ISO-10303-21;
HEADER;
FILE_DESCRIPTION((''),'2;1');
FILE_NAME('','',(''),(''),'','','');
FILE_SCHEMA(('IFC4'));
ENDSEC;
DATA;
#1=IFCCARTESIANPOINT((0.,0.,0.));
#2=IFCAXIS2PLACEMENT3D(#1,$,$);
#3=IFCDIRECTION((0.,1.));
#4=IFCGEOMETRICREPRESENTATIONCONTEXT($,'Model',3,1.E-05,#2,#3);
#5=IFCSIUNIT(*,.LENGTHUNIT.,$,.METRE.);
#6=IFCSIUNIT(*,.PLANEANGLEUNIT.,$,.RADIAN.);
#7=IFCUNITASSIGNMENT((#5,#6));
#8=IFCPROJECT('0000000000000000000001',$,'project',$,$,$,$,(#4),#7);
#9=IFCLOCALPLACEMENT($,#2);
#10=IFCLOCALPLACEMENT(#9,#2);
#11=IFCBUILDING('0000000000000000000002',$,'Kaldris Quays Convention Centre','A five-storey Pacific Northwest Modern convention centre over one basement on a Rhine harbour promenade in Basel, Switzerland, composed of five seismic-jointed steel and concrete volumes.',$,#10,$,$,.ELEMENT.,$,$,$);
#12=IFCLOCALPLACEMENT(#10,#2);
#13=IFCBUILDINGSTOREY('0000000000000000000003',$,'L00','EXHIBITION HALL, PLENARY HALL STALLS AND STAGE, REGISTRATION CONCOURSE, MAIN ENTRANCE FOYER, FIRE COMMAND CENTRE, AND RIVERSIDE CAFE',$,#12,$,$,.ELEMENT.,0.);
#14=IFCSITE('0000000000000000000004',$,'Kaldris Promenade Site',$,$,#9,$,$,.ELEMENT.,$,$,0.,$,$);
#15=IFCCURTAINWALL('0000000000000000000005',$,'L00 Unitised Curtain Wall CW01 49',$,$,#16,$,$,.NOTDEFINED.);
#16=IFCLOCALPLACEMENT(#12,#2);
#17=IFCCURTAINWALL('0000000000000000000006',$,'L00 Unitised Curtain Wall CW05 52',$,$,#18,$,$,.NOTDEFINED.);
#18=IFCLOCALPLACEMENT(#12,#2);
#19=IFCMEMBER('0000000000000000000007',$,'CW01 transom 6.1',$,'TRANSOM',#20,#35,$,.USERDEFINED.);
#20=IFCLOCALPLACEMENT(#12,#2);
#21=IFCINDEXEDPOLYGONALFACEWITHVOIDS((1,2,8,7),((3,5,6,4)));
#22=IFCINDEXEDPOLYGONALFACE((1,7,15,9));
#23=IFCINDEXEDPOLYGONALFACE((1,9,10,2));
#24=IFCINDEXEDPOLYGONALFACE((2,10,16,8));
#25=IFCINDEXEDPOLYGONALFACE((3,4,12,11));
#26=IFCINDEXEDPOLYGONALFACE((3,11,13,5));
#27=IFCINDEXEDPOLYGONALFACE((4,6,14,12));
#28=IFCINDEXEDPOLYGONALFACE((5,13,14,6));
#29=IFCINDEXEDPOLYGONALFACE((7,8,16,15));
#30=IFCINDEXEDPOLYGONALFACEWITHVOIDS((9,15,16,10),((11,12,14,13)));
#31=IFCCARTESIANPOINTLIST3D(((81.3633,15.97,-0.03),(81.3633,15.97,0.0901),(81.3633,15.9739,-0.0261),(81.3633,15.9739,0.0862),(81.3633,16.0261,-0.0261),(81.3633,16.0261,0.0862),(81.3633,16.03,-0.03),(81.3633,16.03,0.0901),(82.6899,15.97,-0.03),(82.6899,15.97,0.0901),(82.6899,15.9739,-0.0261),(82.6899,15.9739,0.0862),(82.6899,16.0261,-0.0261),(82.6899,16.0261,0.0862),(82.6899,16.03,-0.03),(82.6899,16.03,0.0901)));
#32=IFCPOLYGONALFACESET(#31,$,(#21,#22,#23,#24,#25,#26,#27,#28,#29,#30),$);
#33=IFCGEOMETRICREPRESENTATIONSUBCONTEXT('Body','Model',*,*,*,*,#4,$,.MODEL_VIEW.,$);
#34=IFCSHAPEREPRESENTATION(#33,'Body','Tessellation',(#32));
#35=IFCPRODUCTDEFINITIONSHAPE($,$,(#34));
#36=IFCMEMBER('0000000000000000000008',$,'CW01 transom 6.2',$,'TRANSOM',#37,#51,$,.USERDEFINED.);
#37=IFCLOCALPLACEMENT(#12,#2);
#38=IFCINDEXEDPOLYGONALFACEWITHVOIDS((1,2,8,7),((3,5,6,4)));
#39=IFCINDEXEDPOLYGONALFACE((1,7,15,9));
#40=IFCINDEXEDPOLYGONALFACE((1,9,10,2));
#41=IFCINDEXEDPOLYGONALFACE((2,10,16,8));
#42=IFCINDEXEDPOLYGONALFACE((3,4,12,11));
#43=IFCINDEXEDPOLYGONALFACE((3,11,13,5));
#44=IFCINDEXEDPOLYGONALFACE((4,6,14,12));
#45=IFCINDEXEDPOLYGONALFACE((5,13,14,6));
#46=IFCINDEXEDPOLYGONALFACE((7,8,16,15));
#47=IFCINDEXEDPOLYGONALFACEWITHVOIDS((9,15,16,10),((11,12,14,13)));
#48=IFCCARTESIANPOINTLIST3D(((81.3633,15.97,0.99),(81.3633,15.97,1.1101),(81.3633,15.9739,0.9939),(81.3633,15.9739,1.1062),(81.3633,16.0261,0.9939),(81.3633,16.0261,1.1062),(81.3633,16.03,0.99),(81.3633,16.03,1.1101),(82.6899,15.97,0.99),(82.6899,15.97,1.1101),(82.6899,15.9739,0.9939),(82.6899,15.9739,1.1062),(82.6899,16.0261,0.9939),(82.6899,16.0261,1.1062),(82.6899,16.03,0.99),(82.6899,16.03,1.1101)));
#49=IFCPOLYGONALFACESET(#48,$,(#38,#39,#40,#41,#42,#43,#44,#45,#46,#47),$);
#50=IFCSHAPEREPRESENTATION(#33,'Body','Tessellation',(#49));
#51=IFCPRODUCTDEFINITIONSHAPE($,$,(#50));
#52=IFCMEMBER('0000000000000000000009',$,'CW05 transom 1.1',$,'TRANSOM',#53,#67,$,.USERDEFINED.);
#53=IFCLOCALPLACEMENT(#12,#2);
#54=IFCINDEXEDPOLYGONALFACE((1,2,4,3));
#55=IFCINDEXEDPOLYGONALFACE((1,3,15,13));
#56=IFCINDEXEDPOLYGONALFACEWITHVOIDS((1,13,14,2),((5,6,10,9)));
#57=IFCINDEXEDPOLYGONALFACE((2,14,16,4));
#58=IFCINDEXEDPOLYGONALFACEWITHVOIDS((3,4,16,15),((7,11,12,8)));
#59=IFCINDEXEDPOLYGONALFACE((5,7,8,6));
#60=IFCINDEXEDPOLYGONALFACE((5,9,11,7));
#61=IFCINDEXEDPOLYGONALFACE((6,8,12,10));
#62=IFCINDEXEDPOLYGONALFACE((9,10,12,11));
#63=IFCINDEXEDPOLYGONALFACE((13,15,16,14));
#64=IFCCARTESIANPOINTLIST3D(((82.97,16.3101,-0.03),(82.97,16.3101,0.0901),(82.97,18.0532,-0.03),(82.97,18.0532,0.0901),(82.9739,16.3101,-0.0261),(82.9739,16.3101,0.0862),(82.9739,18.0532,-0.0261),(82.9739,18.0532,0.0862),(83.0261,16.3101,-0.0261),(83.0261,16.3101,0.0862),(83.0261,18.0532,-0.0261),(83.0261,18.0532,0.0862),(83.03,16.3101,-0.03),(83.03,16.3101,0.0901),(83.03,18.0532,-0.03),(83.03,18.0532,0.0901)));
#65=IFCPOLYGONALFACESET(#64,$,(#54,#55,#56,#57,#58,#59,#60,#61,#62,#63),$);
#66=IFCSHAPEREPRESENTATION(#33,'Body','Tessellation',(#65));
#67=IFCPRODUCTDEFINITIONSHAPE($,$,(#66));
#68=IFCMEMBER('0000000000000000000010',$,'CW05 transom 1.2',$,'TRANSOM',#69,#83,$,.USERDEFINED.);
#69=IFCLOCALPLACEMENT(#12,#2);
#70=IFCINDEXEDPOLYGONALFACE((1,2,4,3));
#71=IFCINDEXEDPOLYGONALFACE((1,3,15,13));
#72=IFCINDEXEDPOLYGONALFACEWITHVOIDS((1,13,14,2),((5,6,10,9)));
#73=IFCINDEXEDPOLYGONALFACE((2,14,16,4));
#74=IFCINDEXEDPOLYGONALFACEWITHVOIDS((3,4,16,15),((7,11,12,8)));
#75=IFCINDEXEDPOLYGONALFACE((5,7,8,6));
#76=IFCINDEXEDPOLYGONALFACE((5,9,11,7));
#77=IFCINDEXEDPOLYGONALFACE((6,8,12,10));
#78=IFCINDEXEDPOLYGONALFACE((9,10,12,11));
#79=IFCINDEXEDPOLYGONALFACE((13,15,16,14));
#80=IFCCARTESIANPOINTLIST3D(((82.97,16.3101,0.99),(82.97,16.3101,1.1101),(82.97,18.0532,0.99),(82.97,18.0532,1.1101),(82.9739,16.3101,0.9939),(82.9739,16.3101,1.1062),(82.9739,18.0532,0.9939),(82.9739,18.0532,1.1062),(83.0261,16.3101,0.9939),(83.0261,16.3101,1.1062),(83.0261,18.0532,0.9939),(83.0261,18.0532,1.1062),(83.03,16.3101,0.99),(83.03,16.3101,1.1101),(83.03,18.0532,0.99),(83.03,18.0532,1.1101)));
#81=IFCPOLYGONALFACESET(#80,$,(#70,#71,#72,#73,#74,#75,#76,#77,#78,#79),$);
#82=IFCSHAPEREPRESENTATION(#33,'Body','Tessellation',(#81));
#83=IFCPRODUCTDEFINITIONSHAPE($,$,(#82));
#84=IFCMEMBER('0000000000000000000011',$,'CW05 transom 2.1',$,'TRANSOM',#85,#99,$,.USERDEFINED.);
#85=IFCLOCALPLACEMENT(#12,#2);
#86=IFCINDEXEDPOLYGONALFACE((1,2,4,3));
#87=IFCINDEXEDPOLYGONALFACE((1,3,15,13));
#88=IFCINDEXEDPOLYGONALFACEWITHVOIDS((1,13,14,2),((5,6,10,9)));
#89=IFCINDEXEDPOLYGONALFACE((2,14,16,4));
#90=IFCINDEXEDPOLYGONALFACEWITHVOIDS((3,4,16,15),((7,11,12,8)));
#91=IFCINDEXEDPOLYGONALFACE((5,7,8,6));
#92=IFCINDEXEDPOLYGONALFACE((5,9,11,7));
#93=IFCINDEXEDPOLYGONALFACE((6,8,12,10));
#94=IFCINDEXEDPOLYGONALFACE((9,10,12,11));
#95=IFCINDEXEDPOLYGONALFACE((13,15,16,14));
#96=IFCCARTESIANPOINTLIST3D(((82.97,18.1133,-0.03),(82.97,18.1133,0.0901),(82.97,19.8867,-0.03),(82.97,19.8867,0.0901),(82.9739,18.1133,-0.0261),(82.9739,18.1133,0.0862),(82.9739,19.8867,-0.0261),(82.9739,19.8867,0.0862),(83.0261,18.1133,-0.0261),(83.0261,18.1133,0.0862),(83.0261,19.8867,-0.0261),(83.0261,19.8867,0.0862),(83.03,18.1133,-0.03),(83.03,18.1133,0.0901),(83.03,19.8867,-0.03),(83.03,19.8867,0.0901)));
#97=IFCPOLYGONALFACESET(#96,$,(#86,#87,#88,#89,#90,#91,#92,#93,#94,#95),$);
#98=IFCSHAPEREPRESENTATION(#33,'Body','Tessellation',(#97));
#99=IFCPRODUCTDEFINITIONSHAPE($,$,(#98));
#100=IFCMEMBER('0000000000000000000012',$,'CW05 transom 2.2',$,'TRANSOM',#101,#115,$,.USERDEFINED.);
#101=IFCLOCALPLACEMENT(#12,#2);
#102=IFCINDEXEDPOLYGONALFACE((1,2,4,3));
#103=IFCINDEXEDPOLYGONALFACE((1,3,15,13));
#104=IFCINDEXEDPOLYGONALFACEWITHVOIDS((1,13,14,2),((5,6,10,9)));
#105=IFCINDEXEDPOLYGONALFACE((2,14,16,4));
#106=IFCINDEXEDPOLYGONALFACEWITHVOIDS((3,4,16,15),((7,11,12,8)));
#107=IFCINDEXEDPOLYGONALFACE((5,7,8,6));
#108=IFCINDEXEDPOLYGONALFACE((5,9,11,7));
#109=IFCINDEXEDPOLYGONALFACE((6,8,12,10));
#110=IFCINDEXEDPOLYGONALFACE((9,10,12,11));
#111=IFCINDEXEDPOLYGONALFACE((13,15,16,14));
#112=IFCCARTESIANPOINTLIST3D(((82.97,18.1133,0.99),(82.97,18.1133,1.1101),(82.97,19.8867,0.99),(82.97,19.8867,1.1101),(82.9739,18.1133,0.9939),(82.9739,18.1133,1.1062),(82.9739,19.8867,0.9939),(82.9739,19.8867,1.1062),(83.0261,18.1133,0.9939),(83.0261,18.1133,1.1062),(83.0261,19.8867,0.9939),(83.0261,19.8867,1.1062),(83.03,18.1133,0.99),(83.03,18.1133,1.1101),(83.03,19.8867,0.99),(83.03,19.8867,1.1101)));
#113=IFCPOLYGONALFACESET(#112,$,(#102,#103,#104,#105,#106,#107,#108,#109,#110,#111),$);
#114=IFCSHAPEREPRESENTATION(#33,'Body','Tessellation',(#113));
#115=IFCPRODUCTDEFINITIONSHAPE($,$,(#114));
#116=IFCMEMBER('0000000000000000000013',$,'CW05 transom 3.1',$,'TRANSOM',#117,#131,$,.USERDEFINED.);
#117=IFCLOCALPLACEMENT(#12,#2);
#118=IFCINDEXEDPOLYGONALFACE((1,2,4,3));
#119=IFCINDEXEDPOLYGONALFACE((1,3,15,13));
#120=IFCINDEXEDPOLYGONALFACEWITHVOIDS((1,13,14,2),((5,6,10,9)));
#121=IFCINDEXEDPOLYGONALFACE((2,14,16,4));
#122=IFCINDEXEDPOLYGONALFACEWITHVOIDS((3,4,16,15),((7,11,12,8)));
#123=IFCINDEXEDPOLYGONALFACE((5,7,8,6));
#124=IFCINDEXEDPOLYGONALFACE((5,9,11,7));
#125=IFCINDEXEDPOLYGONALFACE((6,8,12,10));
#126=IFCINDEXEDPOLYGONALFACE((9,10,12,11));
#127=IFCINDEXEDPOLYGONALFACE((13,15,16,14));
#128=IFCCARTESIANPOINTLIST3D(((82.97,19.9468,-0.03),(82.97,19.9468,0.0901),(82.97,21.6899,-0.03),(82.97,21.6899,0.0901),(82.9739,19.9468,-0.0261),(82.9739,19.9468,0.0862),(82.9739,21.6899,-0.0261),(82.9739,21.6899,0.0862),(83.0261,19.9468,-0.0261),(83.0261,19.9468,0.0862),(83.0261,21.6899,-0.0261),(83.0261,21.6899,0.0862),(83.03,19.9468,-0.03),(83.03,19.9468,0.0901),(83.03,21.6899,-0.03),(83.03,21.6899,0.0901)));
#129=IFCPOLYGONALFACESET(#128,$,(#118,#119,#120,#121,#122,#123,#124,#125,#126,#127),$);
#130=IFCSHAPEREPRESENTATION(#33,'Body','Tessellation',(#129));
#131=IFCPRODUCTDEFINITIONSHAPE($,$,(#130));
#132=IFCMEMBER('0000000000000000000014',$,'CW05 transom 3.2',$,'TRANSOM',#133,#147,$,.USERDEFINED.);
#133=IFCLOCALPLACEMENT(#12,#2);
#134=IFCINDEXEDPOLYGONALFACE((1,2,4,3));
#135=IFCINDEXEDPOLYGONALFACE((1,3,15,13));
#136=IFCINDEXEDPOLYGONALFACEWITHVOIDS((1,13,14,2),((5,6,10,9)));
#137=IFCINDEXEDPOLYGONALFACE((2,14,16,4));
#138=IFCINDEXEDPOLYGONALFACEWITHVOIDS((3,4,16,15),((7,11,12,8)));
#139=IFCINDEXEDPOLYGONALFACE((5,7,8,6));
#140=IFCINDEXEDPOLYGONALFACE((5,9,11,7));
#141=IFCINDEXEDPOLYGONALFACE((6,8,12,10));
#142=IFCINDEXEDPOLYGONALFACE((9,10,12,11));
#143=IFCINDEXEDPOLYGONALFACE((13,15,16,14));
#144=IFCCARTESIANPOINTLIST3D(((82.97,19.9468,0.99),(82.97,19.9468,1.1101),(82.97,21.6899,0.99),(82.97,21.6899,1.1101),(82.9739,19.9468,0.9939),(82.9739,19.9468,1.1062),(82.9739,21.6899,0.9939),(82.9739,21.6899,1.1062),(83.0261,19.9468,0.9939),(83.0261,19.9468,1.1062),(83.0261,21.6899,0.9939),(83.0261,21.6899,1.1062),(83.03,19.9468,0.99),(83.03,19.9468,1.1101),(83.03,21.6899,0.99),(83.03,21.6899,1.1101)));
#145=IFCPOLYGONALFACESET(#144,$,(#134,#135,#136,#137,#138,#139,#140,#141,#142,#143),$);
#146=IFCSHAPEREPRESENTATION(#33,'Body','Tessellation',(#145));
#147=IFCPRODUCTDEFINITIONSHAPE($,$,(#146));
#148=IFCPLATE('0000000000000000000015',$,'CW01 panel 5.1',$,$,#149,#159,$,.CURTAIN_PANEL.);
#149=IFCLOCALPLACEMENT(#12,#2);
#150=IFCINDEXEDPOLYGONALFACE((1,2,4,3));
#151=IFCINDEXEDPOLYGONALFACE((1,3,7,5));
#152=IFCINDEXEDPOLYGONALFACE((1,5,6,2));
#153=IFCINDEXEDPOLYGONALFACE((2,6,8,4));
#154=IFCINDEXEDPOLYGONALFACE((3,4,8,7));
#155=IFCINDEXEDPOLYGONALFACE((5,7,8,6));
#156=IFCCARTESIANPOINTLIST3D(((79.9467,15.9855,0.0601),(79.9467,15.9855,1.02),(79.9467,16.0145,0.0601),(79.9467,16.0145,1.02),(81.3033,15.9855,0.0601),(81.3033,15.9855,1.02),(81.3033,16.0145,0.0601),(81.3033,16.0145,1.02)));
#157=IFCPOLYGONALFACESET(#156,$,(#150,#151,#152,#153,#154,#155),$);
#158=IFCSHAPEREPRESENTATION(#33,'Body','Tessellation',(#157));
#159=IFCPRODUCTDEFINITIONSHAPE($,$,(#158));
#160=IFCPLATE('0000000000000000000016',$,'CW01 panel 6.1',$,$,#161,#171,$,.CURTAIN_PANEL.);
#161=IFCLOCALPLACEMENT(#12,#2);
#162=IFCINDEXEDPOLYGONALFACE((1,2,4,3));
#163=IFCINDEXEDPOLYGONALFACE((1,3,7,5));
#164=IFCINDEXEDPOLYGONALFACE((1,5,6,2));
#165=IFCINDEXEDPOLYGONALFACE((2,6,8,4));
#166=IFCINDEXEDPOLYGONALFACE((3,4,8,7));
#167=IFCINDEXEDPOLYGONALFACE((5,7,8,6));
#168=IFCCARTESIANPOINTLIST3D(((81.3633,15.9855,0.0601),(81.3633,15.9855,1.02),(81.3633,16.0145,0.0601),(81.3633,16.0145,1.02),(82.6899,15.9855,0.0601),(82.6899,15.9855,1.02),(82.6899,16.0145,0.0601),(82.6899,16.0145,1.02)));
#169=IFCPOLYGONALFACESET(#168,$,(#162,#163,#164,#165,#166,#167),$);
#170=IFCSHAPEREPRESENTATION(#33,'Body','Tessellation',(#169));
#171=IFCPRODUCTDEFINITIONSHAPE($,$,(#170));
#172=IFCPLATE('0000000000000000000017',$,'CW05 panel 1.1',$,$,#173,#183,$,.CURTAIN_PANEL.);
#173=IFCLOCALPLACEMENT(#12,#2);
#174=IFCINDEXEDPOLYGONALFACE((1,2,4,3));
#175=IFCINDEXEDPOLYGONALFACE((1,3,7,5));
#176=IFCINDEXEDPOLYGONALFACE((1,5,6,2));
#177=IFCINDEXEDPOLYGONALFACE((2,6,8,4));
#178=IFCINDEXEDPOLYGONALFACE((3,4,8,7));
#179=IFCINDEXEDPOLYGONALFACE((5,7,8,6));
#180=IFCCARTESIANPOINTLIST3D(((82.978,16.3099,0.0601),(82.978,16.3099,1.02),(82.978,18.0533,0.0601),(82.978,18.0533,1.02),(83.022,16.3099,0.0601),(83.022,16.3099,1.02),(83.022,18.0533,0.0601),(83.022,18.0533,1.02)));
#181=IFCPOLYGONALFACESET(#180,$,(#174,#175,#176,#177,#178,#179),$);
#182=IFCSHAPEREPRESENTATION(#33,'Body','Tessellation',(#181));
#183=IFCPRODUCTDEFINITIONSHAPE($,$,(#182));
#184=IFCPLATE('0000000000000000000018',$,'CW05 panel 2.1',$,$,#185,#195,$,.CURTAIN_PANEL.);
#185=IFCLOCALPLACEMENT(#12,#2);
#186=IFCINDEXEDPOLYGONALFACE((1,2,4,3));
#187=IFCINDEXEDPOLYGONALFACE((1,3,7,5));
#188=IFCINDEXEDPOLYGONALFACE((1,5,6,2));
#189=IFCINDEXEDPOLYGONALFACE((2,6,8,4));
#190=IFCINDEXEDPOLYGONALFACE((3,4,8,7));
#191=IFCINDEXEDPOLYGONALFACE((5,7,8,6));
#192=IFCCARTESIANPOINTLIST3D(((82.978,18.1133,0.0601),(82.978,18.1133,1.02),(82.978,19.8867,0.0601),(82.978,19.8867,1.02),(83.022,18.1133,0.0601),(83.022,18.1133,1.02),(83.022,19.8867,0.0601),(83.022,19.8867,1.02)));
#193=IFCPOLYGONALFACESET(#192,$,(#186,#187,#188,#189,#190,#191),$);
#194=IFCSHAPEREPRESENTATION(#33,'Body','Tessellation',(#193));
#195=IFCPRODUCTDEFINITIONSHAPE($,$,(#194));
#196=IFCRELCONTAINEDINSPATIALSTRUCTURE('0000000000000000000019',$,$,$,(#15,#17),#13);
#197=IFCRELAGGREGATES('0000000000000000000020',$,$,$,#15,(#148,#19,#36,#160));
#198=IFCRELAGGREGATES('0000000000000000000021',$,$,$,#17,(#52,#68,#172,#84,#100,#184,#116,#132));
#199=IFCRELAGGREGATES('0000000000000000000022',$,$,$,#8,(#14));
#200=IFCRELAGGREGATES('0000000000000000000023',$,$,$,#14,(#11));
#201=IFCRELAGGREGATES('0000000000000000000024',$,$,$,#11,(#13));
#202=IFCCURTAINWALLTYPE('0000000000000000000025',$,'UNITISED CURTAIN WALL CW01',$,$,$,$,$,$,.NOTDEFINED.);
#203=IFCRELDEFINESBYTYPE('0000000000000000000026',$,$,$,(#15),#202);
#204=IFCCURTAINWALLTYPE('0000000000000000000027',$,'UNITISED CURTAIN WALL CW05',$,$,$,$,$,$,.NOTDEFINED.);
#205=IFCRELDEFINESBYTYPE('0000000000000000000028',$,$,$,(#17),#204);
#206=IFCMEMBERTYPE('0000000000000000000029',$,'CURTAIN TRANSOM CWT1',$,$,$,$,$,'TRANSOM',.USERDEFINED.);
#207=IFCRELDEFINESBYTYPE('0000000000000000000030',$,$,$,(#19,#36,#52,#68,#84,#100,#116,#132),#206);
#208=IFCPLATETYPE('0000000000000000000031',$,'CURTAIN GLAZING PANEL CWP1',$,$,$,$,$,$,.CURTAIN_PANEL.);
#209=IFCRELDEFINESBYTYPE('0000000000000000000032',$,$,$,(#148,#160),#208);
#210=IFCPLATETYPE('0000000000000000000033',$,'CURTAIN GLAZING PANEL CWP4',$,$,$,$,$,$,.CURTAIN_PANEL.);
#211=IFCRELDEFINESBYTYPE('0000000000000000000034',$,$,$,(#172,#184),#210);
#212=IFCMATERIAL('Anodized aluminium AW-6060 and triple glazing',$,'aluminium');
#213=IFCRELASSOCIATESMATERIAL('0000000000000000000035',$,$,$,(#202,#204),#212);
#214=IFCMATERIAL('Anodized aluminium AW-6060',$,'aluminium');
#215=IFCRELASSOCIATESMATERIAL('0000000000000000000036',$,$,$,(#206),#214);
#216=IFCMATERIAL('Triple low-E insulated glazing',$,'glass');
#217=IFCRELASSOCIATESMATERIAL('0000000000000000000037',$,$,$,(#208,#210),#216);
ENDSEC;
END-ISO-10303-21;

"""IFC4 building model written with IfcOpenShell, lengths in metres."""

from ifc_helpers import new_model, si_unit, direction, frame, origin, origin_2d, place, context, subcontext, project, spatial, rectangle, hollow_rectangle, extrude, material, material_profile, profile_set, type_object, element, aggregate, save


model = new_model("IFC4")

# Units and contexts
model_context = context("Model", 3, precision=1e-05, world=origin(), true_north=direction((0.0, 1.0)))
body_context = subcontext(model_context, "Body", "Model", "MODEL_VIEW")
ifc_project = project(units=[si_unit("LENGTHUNIT", "METRE"), si_unit("PLANEANGLEUNIT", "RADIAN")], contexts=[model_context])

# Site, building, storey
site_placement = place(None, origin())
site = spatial("IfcSite", under=ifc_project, at=site_placement, Name="Kaldris Promenade Site", CompositionType="ELEMENT", RefElevation=0.0)
building_placement = place(site_placement, origin())
building = spatial("IfcBuilding", under=site, at=building_placement, Name="Kaldris Quays Convention Centre", Description="A five-storey Pacific Northwest Modern convention centre over one basement on a Rhine harbour promenade in Basel, Switzerland, composed of five seismic-jointed steel and concrete volumes.", CompositionType="ELEMENT")
storey_placement = place(building_placement, origin())
storey = spatial("IfcBuildingStorey", under=building, at=storey_placement, Name="L00", Description="EXHIBITION HALL, PLENARY HALL STALLS AND STAGE, REGISTRATION CONCOURSE, MAIN ENTRANCE FOYER, FIRE COMMAND CENTRE, AND RIVERSIDE CAFE", CompositionType="ELEMENT", Elevation=0.0)

# Curtain walls
ifc_material_1 = material(Name="Anodized aluminium AW-6060 and triple glazing", Category="aluminium")
curtain_wall_type_1 = type_object("IfcCurtainWallType", Name="UNITISED CURTAIN WALL CW01", PredefinedType="NOTDEFINED", material=ifc_material_1)
curtain_wall_1_placement = place(storey_placement, origin())
curtain_wall_1 = element("IfcCurtainWall", 1, at=curtain_wall_1_placement, inside=storey, type_object=curtain_wall_type_1, Name="L00 Unitised Curtain Wall CW01 49", PredefinedType="NOTDEFINED")
ifc_material_2 = material(Name="Anodized aluminium AW-6060", Category="aluminium")
curtain_wall_type_2 = type_object("IfcCurtainWallType", Name="UNITISED CURTAIN WALL CW05", PredefinedType="NOTDEFINED", material=ifc_material_1)
curtain_wall_2_placement = place(storey_placement, origin())
curtain_wall_2 = element("IfcCurtainWall", 2, at=curtain_wall_2_placement, inside=storey, type_object=curtain_wall_type_2, Name="L00 Unitised Curtain Wall CW05 52", PredefinedType="NOTDEFINED")

# Members
ifc_material_profile_1 = material_profile(ifc_material_2, hollow_rectangle(XDim=0.0601, YDim=0.1201, WallThickness=0.0039, at=origin_2d()), Name="RHS 120x60x4")
ifc_profile_set_1 = profile_set([ifc_material_profile_1], Name="Anodized aluminium AW-6060")
member_type_1 = type_object("IfcMemberType", Name="CURTAIN TRANSOM CWT1", ElementType="TRANSOM", PredefinedType="USERDEFINED", material=ifc_profile_set_1)
member_1_placement = place(storey_placement, frame((81.3633, 16.0, 0.03), z_axis=(1.0, 0.0, 0.0), x_axis=(0.0, 1.0, 0.0)))
member_1 = element("IfcMember", 3, at=member_1_placement, type_object=member_type_1, Name="CW01 transom 6.1", ObjectType="TRANSOM", PredefinedType="USERDEFINED", context=body_context, shape_type="SweptSolid", body=[
    extrude(hollow_rectangle(XDim=0.0601, YDim=0.1201, WallThickness=0.0039, at=origin_2d()), origin(), (0.0, 0.0, 1.0), 1.3267),
])
member_2_placement = place(storey_placement, frame((81.3633, 16.0, 1.05), z_axis=(1.0, 0.0, 0.0), x_axis=(0.0, 1.0, 0.0)))
member_2 = element("IfcMember", 4, at=member_2_placement, type_object=member_type_1, Name="CW01 transom 6.2", ObjectType="TRANSOM", PredefinedType="USERDEFINED", context=body_context, shape_type="SweptSolid", body=[
    extrude(hollow_rectangle(XDim=0.0601, YDim=0.1201, WallThickness=0.0039, at=origin_2d()), origin(), (0.0, 0.0, 1.0), 1.3267),
])
member_3_placement = place(storey_placement, frame((83.0, 16.3101, 0.03), z_axis=(0.0, 1.0, 0.0), x_axis=(-1.0, 0.0, 0.0)))
member_3 = element("IfcMember", 5, at=member_3_placement, type_object=member_type_1, Name="CW05 transom 1.1", ObjectType="TRANSOM", PredefinedType="USERDEFINED", context=body_context, shape_type="SweptSolid", body=[
    extrude(hollow_rectangle(XDim=0.0601, YDim=0.1201, WallThickness=0.0039, at=origin_2d()), origin(), (0.0, 0.0, 1.0), 1.7432),
])
member_4_placement = place(storey_placement, frame((83.0, 16.3101, 1.05), z_axis=(0.0, 1.0, 0.0), x_axis=(-1.0, 0.0, 0.0)))
member_4 = element("IfcMember", 6, at=member_4_placement, type_object=member_type_1, Name="CW05 transom 1.2", ObjectType="TRANSOM", PredefinedType="USERDEFINED", context=body_context, shape_type="SweptSolid", body=[
    extrude(hollow_rectangle(XDim=0.0601, YDim=0.1201, WallThickness=0.0039, at=origin_2d()), origin(), (0.0, 0.0, 1.0), 1.7432),
])
member_5_placement = place(storey_placement, frame((83.0, 18.1133, 0.03), z_axis=(0.0, 1.0, 0.0), x_axis=(-1.0, 0.0, 0.0)))
member_5 = element("IfcMember", 7, at=member_5_placement, type_object=member_type_1, Name="CW05 transom 2.1", ObjectType="TRANSOM", PredefinedType="USERDEFINED", context=body_context, shape_type="SweptSolid", body=[
    extrude(hollow_rectangle(XDim=0.0601, YDim=0.1201, WallThickness=0.0039, at=origin_2d()), origin(), (0.0, 0.0, 1.0), 1.7734),
])
member_6_placement = place(storey_placement, frame((83.0, 18.1133, 1.05), z_axis=(0.0, 1.0, 0.0), x_axis=(-1.0, 0.0, 0.0)))
member_6 = element("IfcMember", 8, at=member_6_placement, type_object=member_type_1, Name="CW05 transom 2.2", ObjectType="TRANSOM", PredefinedType="USERDEFINED", context=body_context, shape_type="SweptSolid", body=[
    extrude(hollow_rectangle(XDim=0.0601, YDim=0.1201, WallThickness=0.0039, at=origin_2d()), origin(), (0.0, 0.0, 1.0), 1.7734),
])
member_7_placement = place(storey_placement, frame((83.0, 19.9468, 0.03), z_axis=(0.0, 1.0, 0.0), x_axis=(-1.0, 0.0, 0.0)))
member_7 = element("IfcMember", 9, at=member_7_placement, type_object=member_type_1, Name="CW05 transom 3.1", ObjectType="TRANSOM", PredefinedType="USERDEFINED", context=body_context, shape_type="SweptSolid", body=[
    extrude(hollow_rectangle(XDim=0.0601, YDim=0.1201, WallThickness=0.0039, at=origin_2d()), origin(), (0.0, 0.0, 1.0), 1.7432),
])
member_8_placement = place(storey_placement, frame((83.0, 19.9468, 1.05), z_axis=(0.0, 1.0, 0.0), x_axis=(-1.0, 0.0, 0.0)))
member_8 = element("IfcMember", 10, at=member_8_placement, type_object=member_type_1, Name="CW05 transom 3.2", ObjectType="TRANSOM", PredefinedType="USERDEFINED", context=body_context, shape_type="SweptSolid", body=[
    extrude(hollow_rectangle(XDim=0.0601, YDim=0.1201, WallThickness=0.0039, at=origin_2d()), origin(), (0.0, 0.0, 1.0), 1.7432),
])

# Plates
ifc_material_3 = material(Name="Triple low-E insulated glazing", Category="glass")
plate_type_1 = type_object("IfcPlateType", Name="CURTAIN GLAZING PANEL CWP1", PredefinedType="CURTAIN_PANEL", material=ifc_material_3)
plate_1_placement = place(storey_placement, frame((80.625, 16.0, 0.0601), z_axis=(0.0, 0.0, 1.0), x_axis=(1.0, 0.0, 0.0)))
plate_1 = element("IfcPlate", 11, at=plate_1_placement, type_object=plate_type_1, Name="CW01 panel 5.1", PredefinedType="CURTAIN_PANEL", context=body_context, shape_type="SweptSolid", body=[
    extrude(rectangle(XDim=1.3567, YDim=0.0291, at=origin_2d()), origin(), (0.0, 0.0, 1.0), 0.96),
])
plate_2_placement = place(storey_placement, frame((82.0266, 16.0, 0.0601), z_axis=(0.0, 0.0, 1.0), x_axis=(1.0, 0.0, 0.0)))
plate_2 = element("IfcPlate", 12, at=plate_2_placement, type_object=plate_type_1, Name="CW01 panel 6.1", PredefinedType="CURTAIN_PANEL", context=body_context, shape_type="SweptSolid", body=[
    extrude(rectangle(XDim=1.3267, YDim=0.0291, at=origin_2d()), origin(), (0.0, 0.0, 1.0), 0.96),
])
aggregate(curtain_wall_1, [plate_1, member_1, member_2, plate_2])
plate_type_2 = type_object("IfcPlateType", Name="CURTAIN GLAZING PANEL CWP4", PredefinedType="CURTAIN_PANEL", material=ifc_material_3)
plate_3_placement = place(storey_placement, frame((83.0, 17.1816, 0.0601), z_axis=(0.0, 0.0, 1.0), x_axis=(0.0, 1.0, 0.0)))
plate_3 = element("IfcPlate", 13, at=plate_3_placement, type_object=plate_type_2, Name="CW05 panel 1.1", PredefinedType="CURTAIN_PANEL", context=body_context, shape_type="SweptSolid", body=[
    extrude(rectangle(XDim=1.7434, YDim=0.0439, at=origin_2d()), origin(), (0.0, 0.0, 1.0), 0.96),
])
plate_4_placement = place(storey_placement, frame((83.0, 19.0, 0.0601), z_axis=(0.0, 0.0, 1.0), x_axis=(0.0, 1.0, 0.0)))
plate_4 = element("IfcPlate", 14, at=plate_4_placement, type_object=plate_type_2, Name="CW05 panel 2.1", PredefinedType="CURTAIN_PANEL", context=body_context, shape_type="SweptSolid", body=[
    extrude(rectangle(XDim=1.7734, YDim=0.0439, at=origin_2d()), origin(), (0.0, 0.0, 1.0), 0.96),
])
aggregate(curtain_wall_2, [member_3, member_4, plate_3, member_5, member_6, plate_4, member_7, member_8])

save(model, "model.ifc")
